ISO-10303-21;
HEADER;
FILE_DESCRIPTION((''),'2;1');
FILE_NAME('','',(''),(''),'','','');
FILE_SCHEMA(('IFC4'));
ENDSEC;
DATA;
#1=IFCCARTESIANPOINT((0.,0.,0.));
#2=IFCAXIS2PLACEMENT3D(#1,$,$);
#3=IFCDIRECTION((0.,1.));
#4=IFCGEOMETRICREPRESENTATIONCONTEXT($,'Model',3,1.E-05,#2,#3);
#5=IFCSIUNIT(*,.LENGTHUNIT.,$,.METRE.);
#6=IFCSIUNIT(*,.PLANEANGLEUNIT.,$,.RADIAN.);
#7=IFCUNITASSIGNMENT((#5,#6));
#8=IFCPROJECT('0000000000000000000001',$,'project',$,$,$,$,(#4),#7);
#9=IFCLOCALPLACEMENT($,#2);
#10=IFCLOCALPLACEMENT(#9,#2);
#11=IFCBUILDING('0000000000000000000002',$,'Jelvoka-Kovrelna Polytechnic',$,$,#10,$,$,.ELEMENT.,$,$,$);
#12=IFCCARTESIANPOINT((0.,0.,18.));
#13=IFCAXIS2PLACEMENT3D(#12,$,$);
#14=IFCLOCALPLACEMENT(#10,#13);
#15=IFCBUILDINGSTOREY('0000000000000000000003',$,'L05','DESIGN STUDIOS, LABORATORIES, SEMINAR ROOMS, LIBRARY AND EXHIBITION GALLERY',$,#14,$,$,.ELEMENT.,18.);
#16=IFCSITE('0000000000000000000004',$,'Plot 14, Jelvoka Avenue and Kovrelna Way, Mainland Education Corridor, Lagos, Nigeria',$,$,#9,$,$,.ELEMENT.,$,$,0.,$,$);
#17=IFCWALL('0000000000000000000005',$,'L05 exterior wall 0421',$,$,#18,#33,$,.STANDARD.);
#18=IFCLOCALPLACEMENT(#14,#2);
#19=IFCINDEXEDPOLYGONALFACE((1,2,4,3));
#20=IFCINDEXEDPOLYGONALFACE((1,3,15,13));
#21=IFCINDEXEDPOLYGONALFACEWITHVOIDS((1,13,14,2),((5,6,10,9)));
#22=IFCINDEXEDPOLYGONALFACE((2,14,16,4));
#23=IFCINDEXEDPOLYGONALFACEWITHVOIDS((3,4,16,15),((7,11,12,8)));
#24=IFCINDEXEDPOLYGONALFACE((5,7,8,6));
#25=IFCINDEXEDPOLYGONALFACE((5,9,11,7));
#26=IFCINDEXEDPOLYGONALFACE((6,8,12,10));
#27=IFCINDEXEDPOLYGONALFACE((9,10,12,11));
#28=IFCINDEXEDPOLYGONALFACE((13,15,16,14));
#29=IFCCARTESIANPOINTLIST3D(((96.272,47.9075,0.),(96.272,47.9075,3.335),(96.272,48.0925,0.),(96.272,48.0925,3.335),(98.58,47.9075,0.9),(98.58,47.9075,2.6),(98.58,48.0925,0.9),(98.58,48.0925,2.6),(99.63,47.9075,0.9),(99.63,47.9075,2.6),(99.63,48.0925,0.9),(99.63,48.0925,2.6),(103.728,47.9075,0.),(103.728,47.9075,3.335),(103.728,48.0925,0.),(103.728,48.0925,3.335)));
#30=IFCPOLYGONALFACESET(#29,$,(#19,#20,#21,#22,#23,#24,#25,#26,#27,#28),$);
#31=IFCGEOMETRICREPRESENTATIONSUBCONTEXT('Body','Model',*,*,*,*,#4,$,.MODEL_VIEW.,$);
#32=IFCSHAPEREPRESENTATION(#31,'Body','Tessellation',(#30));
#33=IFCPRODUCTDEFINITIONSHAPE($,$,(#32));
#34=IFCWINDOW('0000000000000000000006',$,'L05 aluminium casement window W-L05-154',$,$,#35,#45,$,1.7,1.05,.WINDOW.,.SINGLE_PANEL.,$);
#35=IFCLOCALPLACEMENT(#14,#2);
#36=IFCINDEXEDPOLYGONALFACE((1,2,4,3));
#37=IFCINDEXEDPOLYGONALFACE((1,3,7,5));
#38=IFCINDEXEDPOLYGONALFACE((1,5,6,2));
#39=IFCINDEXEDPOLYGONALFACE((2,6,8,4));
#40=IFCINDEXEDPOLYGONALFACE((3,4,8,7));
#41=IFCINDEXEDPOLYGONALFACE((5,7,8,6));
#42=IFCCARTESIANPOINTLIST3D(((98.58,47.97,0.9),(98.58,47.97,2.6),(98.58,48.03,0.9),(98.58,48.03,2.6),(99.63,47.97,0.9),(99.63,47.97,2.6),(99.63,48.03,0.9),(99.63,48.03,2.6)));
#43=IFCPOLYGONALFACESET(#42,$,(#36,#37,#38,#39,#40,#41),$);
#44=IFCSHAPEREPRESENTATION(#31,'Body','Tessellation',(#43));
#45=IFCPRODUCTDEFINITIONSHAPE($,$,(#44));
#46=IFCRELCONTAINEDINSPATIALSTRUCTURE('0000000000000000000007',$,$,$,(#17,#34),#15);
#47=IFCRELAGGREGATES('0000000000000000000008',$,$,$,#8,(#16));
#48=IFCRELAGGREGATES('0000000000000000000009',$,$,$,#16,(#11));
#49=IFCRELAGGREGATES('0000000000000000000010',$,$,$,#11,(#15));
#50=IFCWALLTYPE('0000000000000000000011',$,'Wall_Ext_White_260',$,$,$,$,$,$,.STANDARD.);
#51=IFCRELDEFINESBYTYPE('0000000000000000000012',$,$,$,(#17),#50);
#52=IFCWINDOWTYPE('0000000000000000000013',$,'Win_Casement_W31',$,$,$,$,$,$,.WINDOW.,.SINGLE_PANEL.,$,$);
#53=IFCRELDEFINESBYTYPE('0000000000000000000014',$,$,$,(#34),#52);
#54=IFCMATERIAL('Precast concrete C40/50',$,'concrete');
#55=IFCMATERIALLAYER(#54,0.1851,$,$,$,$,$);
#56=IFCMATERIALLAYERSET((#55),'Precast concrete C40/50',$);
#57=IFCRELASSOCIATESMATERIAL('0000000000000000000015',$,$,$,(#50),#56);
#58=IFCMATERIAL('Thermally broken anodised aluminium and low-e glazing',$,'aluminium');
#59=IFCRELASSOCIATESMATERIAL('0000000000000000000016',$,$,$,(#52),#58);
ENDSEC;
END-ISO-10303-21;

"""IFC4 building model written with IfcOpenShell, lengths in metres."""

from ifc_helpers import new_model, si_unit, direction, frame, frame_2d, origin, place, context, subcontext, project, spatial, rectangle, extrude, material, layer, layer_set, type_object, element, fill, save


model = new_model("IFC4")

# Units and contexts
model_context = context("Model", 3, precision=1e-05, world=origin(), true_north=direction((0.0, 1.0)))
body_context = subcontext(model_context, "Body", "Model", "MODEL_VIEW")
ifc_project = project(units=[si_unit("LENGTHUNIT", "METRE"), si_unit("PLANEANGLEUNIT", "RADIAN")], contexts=[model_context])

# Site, building, storey
site_placement = place(None, origin())
site = spatial("IfcSite", under=ifc_project, at=site_placement, Name="Plot 14, Jelvoka Avenue and Kovrelna Way, Mainland Education Corridor, Lagos, Nigeria", CompositionType="ELEMENT", RefElevation=0.0)
building_placement = place(site_placement, origin())
building = spatial("IfcBuilding", under=site, at=building_placement, Name="Jelvoka-Kovrelna Polytechnic", CompositionType="ELEMENT")
storey_placement = place(building_placement, frame((0.0, 0.0, 18.0)))
storey = spatial("IfcBuildingStorey", under=building, at=storey_placement, Name="L05", Description="DESIGN STUDIOS, LABORATORIES, SEMINAR ROOMS, LIBRARY AND EXHIBITION GALLERY", CompositionType="ELEMENT", Elevation=18.0)

# Wall, opening, window
ifc_material_1 = material(Name="Precast concrete C40/50", Category="concrete")
ifc_layer = layer(ifc_material_1, 0.1851)
ifc_layer_set = layer_set([ifc_layer], Name="Precast concrete C40/50")
wall_type = type_object("IfcWallType", Name="Wall_Ext_White_260", PredefinedType="STANDARD", material=ifc_layer_set)
wall_placement = place(storey_placement, frame((96.272, 48.0, 0.0), z_axis=(0.0, 0.0, 1.0), x_axis=(1.0, 0.0, 0.0)))
wall = element("IfcWall", 1, at=wall_placement, inside=storey, type_object=wall_type, Name="L05 exterior wall 0421", PredefinedType="STANDARD", context=body_context, shape_type="SweptSolid", body=[
    extrude(rectangle(XDim=7.4561, YDim=0.1851, at=frame_2d((3.728, 0.0))), origin(), (0.0, 0.0, 1.0), 3.335),
])
opening_placement = place(wall_placement, frame((2.3081, 0.0, 0.8999)))
opening = element("IfcOpeningElement", 2, at=opening_placement, cuts=wall, PredefinedType="OPENING", context=body_context, shape_type="SweptSolid", body=[
    extrude(rectangle(XDim=1.05, YDim=1.7, at=frame_2d((0.5249, 0.8501))), frame((0.0, 0.1025, 0.0), z_axis=(0.0, -1.0, 0.0), x_axis=(1.0, 0.0, 0.0)), (0.0, 0.0, 1.0), 0.2051),
])
ifc_material_2 = material(Name="Thermally broken anodised aluminium and low-e glazing", Category="aluminium")
window_type = type_object("IfcWindowType", Name="Win_Casement_W31", PartitioningType="SINGLE_PANEL", PredefinedType="WINDOW", material=ifc_material_2)
window_placement = place(opening_placement, origin())
window = element("IfcWindow", 3, at=window_placement, inside=storey, type_object=window_type, Name="L05 aluminium casement window W-L05-154", OverallHeight=1.7, OverallWidth=1.05, PartitioningType="SINGLE_PANEL", PredefinedType="WINDOW", context=body_context, shape_type="SweptSolid", body=[
    extrude(rectangle(XDim=1.05, YDim=1.7, at=frame_2d((0.5249, 0.8501))), frame((0.0, 0.03, 0.0), z_axis=(0.0, -1.0, 0.0), x_axis=(1.0, 0.0, 0.0)), (0.0, 0.0, 1.0), 0.0601),
])
fill(opening, window)

save(model, "model.ifc")
